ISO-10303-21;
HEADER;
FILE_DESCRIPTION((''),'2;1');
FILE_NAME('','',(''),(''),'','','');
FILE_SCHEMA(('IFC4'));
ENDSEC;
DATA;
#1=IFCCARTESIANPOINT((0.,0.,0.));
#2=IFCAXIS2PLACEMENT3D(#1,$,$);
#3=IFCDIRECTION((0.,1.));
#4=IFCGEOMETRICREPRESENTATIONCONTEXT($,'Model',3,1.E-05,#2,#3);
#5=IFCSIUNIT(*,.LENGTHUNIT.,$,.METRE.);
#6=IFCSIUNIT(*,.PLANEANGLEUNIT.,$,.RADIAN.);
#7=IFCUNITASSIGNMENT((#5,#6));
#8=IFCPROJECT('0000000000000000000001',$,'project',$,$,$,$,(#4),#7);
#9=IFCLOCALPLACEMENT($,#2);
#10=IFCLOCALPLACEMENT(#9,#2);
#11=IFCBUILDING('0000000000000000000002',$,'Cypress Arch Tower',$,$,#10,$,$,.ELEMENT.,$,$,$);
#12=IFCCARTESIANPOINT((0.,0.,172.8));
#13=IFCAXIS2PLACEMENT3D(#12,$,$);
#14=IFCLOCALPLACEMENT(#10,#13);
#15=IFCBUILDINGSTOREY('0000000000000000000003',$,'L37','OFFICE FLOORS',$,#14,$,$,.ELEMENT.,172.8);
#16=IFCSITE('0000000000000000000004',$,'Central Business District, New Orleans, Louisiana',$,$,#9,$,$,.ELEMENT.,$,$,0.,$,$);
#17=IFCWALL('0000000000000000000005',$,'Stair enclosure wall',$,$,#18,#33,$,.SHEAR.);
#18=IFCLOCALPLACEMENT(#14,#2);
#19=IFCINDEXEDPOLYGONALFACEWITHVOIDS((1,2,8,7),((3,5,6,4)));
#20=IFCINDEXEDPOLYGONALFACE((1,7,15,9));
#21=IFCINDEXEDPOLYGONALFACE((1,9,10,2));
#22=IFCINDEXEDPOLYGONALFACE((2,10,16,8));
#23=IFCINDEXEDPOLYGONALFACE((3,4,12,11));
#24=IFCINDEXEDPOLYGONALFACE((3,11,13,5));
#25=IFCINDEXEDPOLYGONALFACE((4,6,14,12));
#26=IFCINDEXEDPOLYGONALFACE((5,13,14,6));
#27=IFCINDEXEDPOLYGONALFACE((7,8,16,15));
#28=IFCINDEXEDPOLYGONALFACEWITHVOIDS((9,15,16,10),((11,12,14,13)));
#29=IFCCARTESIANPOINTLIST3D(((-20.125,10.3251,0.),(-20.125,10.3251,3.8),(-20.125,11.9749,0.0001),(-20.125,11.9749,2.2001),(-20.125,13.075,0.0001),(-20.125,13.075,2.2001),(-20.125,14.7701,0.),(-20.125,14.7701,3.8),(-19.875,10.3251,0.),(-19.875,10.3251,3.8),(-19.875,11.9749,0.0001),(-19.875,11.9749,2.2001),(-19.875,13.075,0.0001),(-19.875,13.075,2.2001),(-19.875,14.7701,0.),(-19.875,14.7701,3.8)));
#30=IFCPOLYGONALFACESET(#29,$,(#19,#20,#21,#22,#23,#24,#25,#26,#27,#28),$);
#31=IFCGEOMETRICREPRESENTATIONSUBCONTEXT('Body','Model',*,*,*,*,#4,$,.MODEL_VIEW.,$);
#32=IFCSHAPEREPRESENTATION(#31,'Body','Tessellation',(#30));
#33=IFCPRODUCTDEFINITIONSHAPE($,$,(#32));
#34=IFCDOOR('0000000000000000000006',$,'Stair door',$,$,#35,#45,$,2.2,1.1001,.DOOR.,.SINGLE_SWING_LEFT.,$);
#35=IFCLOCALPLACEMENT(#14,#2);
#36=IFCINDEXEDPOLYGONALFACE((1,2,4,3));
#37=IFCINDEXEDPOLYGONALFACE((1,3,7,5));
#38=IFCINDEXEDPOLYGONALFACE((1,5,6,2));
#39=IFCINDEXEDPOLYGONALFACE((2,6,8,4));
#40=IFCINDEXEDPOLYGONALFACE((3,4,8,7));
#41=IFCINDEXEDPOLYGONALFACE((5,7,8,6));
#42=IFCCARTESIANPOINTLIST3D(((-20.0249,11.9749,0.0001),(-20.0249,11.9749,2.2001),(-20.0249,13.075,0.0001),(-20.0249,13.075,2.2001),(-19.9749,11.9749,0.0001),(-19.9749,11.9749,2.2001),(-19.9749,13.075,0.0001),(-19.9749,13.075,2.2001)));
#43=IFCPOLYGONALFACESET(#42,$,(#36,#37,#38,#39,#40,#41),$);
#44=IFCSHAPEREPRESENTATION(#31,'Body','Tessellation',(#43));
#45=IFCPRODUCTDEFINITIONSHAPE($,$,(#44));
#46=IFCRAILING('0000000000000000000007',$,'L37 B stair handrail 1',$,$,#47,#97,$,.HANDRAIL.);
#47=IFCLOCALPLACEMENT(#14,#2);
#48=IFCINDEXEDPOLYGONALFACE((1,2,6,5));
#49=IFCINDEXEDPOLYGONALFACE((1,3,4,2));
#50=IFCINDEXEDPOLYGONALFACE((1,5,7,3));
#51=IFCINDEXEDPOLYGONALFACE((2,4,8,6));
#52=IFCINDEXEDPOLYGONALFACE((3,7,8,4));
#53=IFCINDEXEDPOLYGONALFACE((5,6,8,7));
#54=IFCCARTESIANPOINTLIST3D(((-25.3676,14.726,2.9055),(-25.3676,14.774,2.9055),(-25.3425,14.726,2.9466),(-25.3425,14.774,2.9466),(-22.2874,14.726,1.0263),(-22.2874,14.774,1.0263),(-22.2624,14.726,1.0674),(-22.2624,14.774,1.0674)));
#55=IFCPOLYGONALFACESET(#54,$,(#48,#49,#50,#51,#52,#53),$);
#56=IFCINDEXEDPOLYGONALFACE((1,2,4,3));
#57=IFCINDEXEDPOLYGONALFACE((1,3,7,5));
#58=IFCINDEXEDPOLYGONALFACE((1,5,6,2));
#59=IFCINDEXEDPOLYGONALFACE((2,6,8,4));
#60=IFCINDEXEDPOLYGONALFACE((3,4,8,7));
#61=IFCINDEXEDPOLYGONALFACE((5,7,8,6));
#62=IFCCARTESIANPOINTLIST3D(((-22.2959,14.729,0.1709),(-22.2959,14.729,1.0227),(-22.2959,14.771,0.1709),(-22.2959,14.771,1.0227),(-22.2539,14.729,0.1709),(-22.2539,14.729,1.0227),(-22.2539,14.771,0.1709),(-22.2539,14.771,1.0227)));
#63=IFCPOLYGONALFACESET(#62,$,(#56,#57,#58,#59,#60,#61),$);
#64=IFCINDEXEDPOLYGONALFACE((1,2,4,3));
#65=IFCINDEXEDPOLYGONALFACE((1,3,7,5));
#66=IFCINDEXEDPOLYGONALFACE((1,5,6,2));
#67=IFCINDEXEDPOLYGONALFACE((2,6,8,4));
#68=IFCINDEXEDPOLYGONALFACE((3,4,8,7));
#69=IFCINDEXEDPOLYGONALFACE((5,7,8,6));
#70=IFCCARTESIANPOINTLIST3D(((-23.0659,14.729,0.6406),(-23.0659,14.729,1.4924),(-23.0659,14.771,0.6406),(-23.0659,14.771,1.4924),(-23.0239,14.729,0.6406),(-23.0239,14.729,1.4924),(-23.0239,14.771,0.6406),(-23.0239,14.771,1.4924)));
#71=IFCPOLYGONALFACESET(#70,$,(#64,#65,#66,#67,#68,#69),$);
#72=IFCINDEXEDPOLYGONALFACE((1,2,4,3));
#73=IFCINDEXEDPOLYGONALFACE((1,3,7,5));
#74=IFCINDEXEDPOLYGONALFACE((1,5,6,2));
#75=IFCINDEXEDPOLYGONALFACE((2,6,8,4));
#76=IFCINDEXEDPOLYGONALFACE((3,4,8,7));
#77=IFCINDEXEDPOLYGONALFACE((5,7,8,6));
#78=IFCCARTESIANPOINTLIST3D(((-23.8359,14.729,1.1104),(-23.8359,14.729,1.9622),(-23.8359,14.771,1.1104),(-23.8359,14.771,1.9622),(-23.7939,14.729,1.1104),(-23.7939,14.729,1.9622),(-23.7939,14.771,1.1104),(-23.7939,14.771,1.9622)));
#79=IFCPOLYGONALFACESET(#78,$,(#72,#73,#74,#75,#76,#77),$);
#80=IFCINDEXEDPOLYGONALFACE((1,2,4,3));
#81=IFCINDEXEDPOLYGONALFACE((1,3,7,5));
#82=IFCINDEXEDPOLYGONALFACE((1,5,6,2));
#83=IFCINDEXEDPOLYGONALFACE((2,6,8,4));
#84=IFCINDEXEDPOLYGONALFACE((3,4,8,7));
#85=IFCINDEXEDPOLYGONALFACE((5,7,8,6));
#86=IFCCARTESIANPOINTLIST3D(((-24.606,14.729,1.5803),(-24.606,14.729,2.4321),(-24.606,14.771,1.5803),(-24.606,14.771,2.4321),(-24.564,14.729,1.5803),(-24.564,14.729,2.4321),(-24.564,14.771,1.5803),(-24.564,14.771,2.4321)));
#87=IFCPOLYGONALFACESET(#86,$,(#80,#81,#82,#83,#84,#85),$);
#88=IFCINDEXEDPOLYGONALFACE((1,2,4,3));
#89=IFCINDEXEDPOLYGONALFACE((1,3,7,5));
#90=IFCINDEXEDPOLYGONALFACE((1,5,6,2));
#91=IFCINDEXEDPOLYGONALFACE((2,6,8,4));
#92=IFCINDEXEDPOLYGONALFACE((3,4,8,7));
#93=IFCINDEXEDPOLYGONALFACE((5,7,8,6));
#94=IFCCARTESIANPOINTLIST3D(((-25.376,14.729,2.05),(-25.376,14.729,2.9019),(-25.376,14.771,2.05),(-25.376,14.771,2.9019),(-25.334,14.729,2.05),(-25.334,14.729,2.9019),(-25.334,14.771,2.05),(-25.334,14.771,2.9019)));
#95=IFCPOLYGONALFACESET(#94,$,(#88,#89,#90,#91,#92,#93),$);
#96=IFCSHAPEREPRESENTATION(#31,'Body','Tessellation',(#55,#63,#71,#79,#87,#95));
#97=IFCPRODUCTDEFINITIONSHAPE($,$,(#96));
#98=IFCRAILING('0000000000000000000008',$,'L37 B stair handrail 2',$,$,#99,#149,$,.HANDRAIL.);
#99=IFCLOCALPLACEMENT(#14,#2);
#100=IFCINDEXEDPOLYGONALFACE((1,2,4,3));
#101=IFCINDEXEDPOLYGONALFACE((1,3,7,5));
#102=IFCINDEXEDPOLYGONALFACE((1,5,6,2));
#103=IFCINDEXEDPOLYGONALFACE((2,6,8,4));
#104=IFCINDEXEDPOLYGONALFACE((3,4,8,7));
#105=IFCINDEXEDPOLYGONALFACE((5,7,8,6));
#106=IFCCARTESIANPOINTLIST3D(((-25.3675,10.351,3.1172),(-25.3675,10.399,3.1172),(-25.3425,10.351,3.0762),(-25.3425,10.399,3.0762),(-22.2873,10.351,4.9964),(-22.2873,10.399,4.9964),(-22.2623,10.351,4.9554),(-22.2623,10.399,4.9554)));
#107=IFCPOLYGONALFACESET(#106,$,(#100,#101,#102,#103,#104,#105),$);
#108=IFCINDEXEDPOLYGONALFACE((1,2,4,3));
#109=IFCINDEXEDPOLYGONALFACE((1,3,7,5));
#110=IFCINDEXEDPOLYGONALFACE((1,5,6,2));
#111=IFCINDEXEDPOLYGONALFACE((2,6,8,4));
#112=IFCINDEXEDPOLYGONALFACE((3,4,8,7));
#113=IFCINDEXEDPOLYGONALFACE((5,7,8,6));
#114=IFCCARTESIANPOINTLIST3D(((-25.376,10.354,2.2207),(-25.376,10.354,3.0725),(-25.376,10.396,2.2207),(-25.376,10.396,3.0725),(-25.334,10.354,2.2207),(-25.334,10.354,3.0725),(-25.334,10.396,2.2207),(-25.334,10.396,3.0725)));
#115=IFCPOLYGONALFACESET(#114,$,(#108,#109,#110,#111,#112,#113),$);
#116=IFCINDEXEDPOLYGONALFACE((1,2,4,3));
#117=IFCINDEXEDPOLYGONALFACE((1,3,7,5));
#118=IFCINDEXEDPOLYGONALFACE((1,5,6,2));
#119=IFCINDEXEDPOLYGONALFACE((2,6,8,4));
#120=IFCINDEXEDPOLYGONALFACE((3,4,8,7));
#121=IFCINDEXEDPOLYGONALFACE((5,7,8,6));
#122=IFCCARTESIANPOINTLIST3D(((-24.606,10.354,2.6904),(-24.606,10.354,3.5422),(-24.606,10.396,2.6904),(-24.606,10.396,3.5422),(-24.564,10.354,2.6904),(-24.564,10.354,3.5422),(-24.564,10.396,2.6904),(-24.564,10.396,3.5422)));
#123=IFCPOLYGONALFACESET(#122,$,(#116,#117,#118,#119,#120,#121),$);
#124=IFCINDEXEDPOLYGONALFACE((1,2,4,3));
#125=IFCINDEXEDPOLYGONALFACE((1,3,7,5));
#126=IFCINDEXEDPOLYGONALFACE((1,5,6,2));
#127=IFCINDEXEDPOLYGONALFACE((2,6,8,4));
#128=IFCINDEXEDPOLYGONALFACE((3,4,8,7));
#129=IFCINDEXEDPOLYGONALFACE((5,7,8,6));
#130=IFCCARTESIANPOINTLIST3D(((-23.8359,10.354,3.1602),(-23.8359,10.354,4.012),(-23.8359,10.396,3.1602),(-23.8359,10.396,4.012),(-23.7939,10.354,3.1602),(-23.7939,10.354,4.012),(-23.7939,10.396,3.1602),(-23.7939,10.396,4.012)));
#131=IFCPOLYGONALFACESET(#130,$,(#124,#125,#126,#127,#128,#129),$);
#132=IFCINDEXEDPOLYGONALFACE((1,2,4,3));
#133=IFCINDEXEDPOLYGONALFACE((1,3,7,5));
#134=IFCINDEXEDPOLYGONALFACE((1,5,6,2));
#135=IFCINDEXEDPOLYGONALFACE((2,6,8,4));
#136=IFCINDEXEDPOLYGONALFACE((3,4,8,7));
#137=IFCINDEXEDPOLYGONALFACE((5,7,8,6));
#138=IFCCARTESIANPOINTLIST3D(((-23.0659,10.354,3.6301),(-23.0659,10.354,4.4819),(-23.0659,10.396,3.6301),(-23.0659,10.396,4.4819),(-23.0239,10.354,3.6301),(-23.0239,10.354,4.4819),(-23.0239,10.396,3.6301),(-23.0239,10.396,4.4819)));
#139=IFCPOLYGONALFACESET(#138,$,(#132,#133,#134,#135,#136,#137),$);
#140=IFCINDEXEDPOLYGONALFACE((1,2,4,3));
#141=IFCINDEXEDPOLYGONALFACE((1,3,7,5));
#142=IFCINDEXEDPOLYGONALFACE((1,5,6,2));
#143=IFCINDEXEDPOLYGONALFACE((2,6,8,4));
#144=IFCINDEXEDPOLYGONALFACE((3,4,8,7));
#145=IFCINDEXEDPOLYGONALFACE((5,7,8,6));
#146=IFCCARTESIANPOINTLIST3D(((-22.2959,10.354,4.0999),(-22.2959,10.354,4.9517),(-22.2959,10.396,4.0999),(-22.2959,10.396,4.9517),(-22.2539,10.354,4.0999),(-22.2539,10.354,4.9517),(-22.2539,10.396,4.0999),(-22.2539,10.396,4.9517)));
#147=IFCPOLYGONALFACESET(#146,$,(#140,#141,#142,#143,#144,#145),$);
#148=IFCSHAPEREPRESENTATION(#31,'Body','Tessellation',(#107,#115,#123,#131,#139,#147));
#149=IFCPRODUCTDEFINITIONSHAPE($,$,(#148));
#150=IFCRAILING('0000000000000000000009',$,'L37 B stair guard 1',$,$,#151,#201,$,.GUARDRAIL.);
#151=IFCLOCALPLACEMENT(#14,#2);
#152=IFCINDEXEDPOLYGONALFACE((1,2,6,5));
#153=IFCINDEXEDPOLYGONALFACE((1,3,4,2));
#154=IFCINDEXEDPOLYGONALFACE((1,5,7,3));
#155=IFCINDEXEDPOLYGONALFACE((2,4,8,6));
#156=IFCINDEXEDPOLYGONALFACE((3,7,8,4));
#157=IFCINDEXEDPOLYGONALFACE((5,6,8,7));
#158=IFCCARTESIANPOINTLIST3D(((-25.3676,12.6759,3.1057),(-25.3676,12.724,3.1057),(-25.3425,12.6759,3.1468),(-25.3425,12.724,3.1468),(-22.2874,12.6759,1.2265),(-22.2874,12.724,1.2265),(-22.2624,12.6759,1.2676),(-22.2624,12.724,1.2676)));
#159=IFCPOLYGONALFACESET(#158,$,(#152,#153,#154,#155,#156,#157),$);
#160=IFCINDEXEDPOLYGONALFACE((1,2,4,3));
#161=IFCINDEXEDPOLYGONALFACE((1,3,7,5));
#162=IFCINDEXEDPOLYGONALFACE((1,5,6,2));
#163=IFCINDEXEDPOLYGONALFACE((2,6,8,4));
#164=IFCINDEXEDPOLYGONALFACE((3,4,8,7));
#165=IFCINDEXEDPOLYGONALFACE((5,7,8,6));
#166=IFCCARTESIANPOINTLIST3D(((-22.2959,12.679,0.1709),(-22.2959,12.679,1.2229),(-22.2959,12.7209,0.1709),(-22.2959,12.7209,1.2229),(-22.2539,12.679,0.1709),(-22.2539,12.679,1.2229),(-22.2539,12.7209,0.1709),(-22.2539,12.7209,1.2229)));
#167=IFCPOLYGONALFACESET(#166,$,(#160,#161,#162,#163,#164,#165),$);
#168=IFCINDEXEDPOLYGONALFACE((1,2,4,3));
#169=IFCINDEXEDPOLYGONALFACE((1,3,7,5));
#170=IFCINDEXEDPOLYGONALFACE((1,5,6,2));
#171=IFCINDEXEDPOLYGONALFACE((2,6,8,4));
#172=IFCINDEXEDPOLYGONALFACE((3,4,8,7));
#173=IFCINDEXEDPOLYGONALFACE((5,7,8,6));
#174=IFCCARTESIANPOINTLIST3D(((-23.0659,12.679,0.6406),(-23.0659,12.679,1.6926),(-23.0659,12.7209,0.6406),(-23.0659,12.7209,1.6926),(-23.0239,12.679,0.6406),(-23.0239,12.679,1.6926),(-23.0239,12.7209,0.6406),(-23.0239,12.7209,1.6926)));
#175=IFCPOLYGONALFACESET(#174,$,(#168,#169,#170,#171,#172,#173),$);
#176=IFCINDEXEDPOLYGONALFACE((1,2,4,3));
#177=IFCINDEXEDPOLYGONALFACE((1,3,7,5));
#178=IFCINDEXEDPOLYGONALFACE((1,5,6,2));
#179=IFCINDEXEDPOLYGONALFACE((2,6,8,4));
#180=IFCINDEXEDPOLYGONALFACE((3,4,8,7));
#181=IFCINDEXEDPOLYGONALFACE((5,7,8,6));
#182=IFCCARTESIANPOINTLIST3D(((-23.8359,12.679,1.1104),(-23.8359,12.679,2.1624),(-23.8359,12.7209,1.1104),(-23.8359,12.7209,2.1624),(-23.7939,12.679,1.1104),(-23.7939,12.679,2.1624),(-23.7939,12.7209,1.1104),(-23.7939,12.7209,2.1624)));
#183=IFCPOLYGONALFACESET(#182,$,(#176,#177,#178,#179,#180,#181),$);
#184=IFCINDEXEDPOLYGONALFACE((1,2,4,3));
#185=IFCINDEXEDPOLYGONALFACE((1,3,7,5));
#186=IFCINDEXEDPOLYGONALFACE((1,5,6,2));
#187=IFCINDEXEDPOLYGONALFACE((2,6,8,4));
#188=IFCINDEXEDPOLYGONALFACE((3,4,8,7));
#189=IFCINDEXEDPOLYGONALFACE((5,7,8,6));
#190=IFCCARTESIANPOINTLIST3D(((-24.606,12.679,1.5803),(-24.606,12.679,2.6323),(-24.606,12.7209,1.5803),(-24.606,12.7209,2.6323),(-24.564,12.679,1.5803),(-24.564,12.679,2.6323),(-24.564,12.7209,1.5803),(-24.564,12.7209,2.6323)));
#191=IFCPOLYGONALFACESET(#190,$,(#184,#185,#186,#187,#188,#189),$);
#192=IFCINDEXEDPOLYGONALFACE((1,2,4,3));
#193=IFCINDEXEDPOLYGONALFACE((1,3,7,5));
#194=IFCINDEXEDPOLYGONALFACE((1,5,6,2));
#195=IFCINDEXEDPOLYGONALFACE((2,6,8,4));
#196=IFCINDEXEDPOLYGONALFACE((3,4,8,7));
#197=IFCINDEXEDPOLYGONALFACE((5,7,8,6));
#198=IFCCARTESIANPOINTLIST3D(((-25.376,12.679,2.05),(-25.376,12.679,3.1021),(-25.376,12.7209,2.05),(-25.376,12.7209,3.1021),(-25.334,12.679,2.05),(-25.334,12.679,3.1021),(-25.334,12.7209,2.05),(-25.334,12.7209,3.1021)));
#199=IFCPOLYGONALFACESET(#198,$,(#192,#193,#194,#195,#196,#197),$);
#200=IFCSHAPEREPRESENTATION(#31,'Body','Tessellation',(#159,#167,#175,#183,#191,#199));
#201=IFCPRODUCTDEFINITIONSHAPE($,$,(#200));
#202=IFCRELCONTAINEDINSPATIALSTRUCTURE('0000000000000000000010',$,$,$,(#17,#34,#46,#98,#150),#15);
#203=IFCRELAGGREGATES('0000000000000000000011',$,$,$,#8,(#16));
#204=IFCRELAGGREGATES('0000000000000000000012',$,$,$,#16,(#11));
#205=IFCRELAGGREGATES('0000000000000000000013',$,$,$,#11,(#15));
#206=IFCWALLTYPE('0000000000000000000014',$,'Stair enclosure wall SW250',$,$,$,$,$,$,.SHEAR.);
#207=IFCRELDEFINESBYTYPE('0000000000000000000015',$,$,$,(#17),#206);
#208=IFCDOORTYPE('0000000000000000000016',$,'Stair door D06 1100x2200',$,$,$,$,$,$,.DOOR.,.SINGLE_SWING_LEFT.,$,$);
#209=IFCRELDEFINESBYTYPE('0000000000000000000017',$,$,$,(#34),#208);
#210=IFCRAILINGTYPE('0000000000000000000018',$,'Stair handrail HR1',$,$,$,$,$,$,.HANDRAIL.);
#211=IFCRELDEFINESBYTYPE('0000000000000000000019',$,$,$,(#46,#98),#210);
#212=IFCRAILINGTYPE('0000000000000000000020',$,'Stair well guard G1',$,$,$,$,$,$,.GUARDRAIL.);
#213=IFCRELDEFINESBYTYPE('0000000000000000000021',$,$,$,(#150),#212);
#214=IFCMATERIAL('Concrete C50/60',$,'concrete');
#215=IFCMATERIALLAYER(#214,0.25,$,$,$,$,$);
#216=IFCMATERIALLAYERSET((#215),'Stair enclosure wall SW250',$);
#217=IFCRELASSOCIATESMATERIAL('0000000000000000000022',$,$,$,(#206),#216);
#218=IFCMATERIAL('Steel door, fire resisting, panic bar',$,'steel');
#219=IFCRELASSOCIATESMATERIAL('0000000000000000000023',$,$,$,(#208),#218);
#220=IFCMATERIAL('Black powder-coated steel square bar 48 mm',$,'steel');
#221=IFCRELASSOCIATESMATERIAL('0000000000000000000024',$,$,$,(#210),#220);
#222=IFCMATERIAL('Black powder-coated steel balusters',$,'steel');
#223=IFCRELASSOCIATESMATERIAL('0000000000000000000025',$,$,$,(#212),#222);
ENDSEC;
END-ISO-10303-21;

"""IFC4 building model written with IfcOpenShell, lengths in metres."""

from ifc_helpers import new_model, si_unit, direction, frame, frame_2d, origin, origin_2d, place, context, subcontext, project, spatial, rectangle, extrude, material, layer, layer_set, type_object, element, fill, save


model = new_model("IFC4")

# Units and contexts
model_context = context("Model", 3, precision=1e-05, world=origin(), true_north=direction((0.0, 1.0)))
body_context = subcontext(model_context, "Body", "Model", "MODEL_VIEW")
ifc_project = project(units=[si_unit("LENGTHUNIT", "METRE"), si_unit("PLANEANGLEUNIT", "RADIAN")], contexts=[model_context])

# Site, building, storey
site_placement = place(None, origin())
site = spatial("IfcSite", under=ifc_project, at=site_placement, Name="Central Business District, New Orleans, Louisiana", CompositionType="ELEMENT", RefElevation=0.0)
building_placement = place(site_placement, origin())
building = spatial("IfcBuilding", under=site, at=building_placement, Name="Cypress Arch Tower", CompositionType="ELEMENT")
storey_placement = place(building_placement, frame((0.0, 0.0, 172.8)))
storey = spatial("IfcBuildingStorey", under=building, at=storey_placement, Name="L37", Description="OFFICE FLOORS", CompositionType="ELEMENT", Elevation=172.8)

# Wall, opening, door
ifc_material_1 = material(Name="Concrete C50/60", Category="concrete")
ifc_layer_1 = layer(ifc_material_1, 0.25)
ifc_layer_set_1 = layer_set([ifc_layer_1], Name="Stair enclosure wall SW250")
wall_type_1 = type_object("IfcWallType", Name="Stair enclosure wall SW250", PredefinedType="SHEAR", material=ifc_layer_set_1)
wall_1_placement = place(storey_placement, frame((-20.0, 10.325, 0.0), z_axis=(0.0, 0.0, 1.0), x_axis=(0.0, 1.0, 0.0)))
wall_1 = element("IfcWall", 1, at=wall_1_placement, inside=storey, type_object=wall_type_1, Name="Stair enclosure wall", PredefinedType="SHEAR", context=body_context, shape_type="SweptSolid", body=[
    extrude(rectangle(XDim=4.4451, YDim=0.25, at=frame_2d((2.2227, 0.0))), origin(), (0.0, 0.0, 1.0), 3.8),
])
opening_1_placement = place(wall_1_placement, frame((1.6499, 0.0, 0.0)))
opening_1 = element("IfcOpeningElement", 2, at=opening_1_placement, cuts=wall_1, PredefinedType="OPENING", context=body_context, shape_type="SweptSolid", body=[
    extrude(rectangle(XDim=1.1001, YDim=2.2, at=frame_2d((0.55, 1.1001))), frame((0.0, 0.135, 0.0), z_axis=(0.0, -1.0, 0.0), x_axis=(1.0, 0.0, 0.0)), (0.0, 0.0, 1.0), 0.27),
])
ifc_material_2 = material(Name="Steel door, fire resisting, panic bar", Category="steel")
door_type_1 = type_object("IfcDoorType", Name="Stair door D06 1100x2200", OperationType="SINGLE_SWING_LEFT", PredefinedType="DOOR", material=ifc_material_2)
door_1_placement = place(opening_1_placement, origin())
door_1 = element("IfcDoor", 3, at=door_1_placement, inside=storey, type_object=door_type_1, Name="Stair door", OperationType="SINGLE_SWING_LEFT", OverallHeight=2.2, OverallWidth=1.1001, PredefinedType="DOOR", context=body_context, shape_type="SweptSolid", body=[
    extrude(rectangle(XDim=1.1001, YDim=2.2, at=frame_2d((0.55, 1.1001))), frame((0.0, 0.0249, 0.0), z_axis=(0.0, -1.0, 0.0), x_axis=(1.0, 0.0, 0.0)), (0.0, 0.0, 1.0), 0.05),
])
fill(opening_1, door_1)

# Railings
ifc_material_3 = material(Name="Black powder-coated steel square bar 48 mm", Category="steel")
railing_type_1 = type_object("IfcRailingType", Name="Stair handrail HR1", PredefinedType="HANDRAIL", material=ifc_material_3)
railing_1_placement = place(storey_placement, frame((-22.2749, 14.75, 0.1709)))
element("IfcRailing", 4, at=railing_1_placement, inside=storey, type_object=railing_type_1, Name="L37 B stair handrail 1", PredefinedType="HANDRAIL", context=body_context, shape_type="SweptSolid", body=[
    extrude(rectangle(XDim=0.0481, YDim=0.0481, at=origin_2d()), frame((0.0, 0.0, 0.876), z_axis=(-0.853666, 0.0, 0.52082), x_axis=(0.0, -1.0, 0.0)), (0.0, 0.0, 1.0), 3.6082),
    extrude(rectangle(XDim=0.042, YDim=0.042, at=origin_2d()), origin(), (0.0, 0.0, 1.0), 0.8518),
    extrude(rectangle(XDim=0.042, YDim=0.042, at=origin_2d()), frame((-0.77, 0.0, 0.4697)), (0.0, 0.0, 1.0), 0.8518),
    extrude(rectangle(XDim=0.042, YDim=0.042, at=origin_2d()), frame((-1.54, 0.0, 0.9395)), (0.0, 0.0, 1.0), 0.8518),
    extrude(rectangle(XDim=0.042, YDim=0.042, at=origin_2d()), frame((-2.3101, 0.0, 1.4094)), (0.0, 0.0, 1.0), 0.8518),
    extrude(rectangle(XDim=0.042, YDim=0.042, at=origin_2d()), frame((-3.0801, 0.0, 1.8792)), (0.0, 0.0, 1.0), 0.8518),
])
railing_2_placement = place(storey_placement, frame((-25.355, 10.375, 2.2207)))
element("IfcRailing", 5, at=railing_2_placement, inside=storey, type_object=railing_type_1, Name="L37 B stair handrail 2", PredefinedType="HANDRAIL", context=body_context, shape_type="SweptSolid", body=[
    extrude(rectangle(XDim=0.0481, YDim=0.0481, at=origin_2d()), frame((0.0, 0.0, 0.876), z_axis=(0.853666, 0.0, 0.52082), x_axis=(0.0, 1.0, 0.0)), (0.0, 0.0, 1.0), 3.6082),
    extrude(rectangle(XDim=0.042, YDim=0.042, at=origin_2d()), origin(), (0.0, 0.0, 1.0), 0.8518),
    extrude(rectangle(XDim=0.042, YDim=0.042, at=origin_2d()), frame((0.77, 0.0, 0.4697)), (0.0, 0.0, 1.0), 0.8518),
    extrude(rectangle(XDim=0.042, YDim=0.042, at=origin_2d()), frame((1.54, 0.0, 0.9395)), (0.0, 0.0, 1.0), 0.8518),
    extrude(rectangle(XDim=0.042, YDim=0.042, at=origin_2d()), frame((2.3101, 0.0, 1.4094)), (0.0, 0.0, 1.0), 0.8518),
    extrude(rectangle(XDim=0.042, YDim=0.042, at=origin_2d()), frame((3.0801, 0.0, 1.8792)), (0.0, 0.0, 1.0), 0.8518),
])
ifc_material_4 = material(Name="Black powder-coated steel balusters", Category="steel")
railing_type_2 = type_object("IfcRailingType", Name="Stair well guard G1", PredefinedType="GUARDRAIL", material=ifc_material_4)
railing_3_placement = place(storey_placement, frame((-22.2749, 12.7, 0.1709)))
element("IfcRailing", 6, at=railing_3_placement, inside=storey, type_object=railing_type_2, Name="L37 B stair guard 1", PredefinedType="GUARDRAIL", context=body_context, shape_type="SweptSolid", body=[
    extrude(rectangle(XDim=0.0481, YDim=0.0481, at=origin_2d()), frame((0.0, 0.0, 1.0762), z_axis=(-0.853666, 0.0, 0.52082), x_axis=(0.0, -1.0, 0.0)), (0.0, 0.0, 1.0), 3.6082),
    extrude(rectangle(XDim=0.042, YDim=0.042, at=origin_2d()), origin(), (0.0, 0.0, 1.0), 1.052),
    extrude(rectangle(XDim=0.042, YDim=0.042, at=origin_2d()), frame((-0.77, 0.0, 0.4697)), (0.0, 0.0, 1.0), 1.052),
    extrude(rectangle(XDim=0.042, YDim=0.042, at=origin_2d()), frame((-1.54, 0.0, 0.9395)), (0.0, 0.0, 1.0), 1.052),
    extrude(rectangle(XDim=0.042, YDim=0.042, at=origin_2d()), frame((-2.3101, 0.0, 1.4094)), (0.0, 0.0, 1.0), 1.052),
    extrude(rectangle(XDim=0.042, YDim=0.042, at=origin_2d()), frame((-3.0801, 0.0, 1.8792)), (0.0, 0.0, 1.0), 1.052),
])

save(model, "model.ifc")
